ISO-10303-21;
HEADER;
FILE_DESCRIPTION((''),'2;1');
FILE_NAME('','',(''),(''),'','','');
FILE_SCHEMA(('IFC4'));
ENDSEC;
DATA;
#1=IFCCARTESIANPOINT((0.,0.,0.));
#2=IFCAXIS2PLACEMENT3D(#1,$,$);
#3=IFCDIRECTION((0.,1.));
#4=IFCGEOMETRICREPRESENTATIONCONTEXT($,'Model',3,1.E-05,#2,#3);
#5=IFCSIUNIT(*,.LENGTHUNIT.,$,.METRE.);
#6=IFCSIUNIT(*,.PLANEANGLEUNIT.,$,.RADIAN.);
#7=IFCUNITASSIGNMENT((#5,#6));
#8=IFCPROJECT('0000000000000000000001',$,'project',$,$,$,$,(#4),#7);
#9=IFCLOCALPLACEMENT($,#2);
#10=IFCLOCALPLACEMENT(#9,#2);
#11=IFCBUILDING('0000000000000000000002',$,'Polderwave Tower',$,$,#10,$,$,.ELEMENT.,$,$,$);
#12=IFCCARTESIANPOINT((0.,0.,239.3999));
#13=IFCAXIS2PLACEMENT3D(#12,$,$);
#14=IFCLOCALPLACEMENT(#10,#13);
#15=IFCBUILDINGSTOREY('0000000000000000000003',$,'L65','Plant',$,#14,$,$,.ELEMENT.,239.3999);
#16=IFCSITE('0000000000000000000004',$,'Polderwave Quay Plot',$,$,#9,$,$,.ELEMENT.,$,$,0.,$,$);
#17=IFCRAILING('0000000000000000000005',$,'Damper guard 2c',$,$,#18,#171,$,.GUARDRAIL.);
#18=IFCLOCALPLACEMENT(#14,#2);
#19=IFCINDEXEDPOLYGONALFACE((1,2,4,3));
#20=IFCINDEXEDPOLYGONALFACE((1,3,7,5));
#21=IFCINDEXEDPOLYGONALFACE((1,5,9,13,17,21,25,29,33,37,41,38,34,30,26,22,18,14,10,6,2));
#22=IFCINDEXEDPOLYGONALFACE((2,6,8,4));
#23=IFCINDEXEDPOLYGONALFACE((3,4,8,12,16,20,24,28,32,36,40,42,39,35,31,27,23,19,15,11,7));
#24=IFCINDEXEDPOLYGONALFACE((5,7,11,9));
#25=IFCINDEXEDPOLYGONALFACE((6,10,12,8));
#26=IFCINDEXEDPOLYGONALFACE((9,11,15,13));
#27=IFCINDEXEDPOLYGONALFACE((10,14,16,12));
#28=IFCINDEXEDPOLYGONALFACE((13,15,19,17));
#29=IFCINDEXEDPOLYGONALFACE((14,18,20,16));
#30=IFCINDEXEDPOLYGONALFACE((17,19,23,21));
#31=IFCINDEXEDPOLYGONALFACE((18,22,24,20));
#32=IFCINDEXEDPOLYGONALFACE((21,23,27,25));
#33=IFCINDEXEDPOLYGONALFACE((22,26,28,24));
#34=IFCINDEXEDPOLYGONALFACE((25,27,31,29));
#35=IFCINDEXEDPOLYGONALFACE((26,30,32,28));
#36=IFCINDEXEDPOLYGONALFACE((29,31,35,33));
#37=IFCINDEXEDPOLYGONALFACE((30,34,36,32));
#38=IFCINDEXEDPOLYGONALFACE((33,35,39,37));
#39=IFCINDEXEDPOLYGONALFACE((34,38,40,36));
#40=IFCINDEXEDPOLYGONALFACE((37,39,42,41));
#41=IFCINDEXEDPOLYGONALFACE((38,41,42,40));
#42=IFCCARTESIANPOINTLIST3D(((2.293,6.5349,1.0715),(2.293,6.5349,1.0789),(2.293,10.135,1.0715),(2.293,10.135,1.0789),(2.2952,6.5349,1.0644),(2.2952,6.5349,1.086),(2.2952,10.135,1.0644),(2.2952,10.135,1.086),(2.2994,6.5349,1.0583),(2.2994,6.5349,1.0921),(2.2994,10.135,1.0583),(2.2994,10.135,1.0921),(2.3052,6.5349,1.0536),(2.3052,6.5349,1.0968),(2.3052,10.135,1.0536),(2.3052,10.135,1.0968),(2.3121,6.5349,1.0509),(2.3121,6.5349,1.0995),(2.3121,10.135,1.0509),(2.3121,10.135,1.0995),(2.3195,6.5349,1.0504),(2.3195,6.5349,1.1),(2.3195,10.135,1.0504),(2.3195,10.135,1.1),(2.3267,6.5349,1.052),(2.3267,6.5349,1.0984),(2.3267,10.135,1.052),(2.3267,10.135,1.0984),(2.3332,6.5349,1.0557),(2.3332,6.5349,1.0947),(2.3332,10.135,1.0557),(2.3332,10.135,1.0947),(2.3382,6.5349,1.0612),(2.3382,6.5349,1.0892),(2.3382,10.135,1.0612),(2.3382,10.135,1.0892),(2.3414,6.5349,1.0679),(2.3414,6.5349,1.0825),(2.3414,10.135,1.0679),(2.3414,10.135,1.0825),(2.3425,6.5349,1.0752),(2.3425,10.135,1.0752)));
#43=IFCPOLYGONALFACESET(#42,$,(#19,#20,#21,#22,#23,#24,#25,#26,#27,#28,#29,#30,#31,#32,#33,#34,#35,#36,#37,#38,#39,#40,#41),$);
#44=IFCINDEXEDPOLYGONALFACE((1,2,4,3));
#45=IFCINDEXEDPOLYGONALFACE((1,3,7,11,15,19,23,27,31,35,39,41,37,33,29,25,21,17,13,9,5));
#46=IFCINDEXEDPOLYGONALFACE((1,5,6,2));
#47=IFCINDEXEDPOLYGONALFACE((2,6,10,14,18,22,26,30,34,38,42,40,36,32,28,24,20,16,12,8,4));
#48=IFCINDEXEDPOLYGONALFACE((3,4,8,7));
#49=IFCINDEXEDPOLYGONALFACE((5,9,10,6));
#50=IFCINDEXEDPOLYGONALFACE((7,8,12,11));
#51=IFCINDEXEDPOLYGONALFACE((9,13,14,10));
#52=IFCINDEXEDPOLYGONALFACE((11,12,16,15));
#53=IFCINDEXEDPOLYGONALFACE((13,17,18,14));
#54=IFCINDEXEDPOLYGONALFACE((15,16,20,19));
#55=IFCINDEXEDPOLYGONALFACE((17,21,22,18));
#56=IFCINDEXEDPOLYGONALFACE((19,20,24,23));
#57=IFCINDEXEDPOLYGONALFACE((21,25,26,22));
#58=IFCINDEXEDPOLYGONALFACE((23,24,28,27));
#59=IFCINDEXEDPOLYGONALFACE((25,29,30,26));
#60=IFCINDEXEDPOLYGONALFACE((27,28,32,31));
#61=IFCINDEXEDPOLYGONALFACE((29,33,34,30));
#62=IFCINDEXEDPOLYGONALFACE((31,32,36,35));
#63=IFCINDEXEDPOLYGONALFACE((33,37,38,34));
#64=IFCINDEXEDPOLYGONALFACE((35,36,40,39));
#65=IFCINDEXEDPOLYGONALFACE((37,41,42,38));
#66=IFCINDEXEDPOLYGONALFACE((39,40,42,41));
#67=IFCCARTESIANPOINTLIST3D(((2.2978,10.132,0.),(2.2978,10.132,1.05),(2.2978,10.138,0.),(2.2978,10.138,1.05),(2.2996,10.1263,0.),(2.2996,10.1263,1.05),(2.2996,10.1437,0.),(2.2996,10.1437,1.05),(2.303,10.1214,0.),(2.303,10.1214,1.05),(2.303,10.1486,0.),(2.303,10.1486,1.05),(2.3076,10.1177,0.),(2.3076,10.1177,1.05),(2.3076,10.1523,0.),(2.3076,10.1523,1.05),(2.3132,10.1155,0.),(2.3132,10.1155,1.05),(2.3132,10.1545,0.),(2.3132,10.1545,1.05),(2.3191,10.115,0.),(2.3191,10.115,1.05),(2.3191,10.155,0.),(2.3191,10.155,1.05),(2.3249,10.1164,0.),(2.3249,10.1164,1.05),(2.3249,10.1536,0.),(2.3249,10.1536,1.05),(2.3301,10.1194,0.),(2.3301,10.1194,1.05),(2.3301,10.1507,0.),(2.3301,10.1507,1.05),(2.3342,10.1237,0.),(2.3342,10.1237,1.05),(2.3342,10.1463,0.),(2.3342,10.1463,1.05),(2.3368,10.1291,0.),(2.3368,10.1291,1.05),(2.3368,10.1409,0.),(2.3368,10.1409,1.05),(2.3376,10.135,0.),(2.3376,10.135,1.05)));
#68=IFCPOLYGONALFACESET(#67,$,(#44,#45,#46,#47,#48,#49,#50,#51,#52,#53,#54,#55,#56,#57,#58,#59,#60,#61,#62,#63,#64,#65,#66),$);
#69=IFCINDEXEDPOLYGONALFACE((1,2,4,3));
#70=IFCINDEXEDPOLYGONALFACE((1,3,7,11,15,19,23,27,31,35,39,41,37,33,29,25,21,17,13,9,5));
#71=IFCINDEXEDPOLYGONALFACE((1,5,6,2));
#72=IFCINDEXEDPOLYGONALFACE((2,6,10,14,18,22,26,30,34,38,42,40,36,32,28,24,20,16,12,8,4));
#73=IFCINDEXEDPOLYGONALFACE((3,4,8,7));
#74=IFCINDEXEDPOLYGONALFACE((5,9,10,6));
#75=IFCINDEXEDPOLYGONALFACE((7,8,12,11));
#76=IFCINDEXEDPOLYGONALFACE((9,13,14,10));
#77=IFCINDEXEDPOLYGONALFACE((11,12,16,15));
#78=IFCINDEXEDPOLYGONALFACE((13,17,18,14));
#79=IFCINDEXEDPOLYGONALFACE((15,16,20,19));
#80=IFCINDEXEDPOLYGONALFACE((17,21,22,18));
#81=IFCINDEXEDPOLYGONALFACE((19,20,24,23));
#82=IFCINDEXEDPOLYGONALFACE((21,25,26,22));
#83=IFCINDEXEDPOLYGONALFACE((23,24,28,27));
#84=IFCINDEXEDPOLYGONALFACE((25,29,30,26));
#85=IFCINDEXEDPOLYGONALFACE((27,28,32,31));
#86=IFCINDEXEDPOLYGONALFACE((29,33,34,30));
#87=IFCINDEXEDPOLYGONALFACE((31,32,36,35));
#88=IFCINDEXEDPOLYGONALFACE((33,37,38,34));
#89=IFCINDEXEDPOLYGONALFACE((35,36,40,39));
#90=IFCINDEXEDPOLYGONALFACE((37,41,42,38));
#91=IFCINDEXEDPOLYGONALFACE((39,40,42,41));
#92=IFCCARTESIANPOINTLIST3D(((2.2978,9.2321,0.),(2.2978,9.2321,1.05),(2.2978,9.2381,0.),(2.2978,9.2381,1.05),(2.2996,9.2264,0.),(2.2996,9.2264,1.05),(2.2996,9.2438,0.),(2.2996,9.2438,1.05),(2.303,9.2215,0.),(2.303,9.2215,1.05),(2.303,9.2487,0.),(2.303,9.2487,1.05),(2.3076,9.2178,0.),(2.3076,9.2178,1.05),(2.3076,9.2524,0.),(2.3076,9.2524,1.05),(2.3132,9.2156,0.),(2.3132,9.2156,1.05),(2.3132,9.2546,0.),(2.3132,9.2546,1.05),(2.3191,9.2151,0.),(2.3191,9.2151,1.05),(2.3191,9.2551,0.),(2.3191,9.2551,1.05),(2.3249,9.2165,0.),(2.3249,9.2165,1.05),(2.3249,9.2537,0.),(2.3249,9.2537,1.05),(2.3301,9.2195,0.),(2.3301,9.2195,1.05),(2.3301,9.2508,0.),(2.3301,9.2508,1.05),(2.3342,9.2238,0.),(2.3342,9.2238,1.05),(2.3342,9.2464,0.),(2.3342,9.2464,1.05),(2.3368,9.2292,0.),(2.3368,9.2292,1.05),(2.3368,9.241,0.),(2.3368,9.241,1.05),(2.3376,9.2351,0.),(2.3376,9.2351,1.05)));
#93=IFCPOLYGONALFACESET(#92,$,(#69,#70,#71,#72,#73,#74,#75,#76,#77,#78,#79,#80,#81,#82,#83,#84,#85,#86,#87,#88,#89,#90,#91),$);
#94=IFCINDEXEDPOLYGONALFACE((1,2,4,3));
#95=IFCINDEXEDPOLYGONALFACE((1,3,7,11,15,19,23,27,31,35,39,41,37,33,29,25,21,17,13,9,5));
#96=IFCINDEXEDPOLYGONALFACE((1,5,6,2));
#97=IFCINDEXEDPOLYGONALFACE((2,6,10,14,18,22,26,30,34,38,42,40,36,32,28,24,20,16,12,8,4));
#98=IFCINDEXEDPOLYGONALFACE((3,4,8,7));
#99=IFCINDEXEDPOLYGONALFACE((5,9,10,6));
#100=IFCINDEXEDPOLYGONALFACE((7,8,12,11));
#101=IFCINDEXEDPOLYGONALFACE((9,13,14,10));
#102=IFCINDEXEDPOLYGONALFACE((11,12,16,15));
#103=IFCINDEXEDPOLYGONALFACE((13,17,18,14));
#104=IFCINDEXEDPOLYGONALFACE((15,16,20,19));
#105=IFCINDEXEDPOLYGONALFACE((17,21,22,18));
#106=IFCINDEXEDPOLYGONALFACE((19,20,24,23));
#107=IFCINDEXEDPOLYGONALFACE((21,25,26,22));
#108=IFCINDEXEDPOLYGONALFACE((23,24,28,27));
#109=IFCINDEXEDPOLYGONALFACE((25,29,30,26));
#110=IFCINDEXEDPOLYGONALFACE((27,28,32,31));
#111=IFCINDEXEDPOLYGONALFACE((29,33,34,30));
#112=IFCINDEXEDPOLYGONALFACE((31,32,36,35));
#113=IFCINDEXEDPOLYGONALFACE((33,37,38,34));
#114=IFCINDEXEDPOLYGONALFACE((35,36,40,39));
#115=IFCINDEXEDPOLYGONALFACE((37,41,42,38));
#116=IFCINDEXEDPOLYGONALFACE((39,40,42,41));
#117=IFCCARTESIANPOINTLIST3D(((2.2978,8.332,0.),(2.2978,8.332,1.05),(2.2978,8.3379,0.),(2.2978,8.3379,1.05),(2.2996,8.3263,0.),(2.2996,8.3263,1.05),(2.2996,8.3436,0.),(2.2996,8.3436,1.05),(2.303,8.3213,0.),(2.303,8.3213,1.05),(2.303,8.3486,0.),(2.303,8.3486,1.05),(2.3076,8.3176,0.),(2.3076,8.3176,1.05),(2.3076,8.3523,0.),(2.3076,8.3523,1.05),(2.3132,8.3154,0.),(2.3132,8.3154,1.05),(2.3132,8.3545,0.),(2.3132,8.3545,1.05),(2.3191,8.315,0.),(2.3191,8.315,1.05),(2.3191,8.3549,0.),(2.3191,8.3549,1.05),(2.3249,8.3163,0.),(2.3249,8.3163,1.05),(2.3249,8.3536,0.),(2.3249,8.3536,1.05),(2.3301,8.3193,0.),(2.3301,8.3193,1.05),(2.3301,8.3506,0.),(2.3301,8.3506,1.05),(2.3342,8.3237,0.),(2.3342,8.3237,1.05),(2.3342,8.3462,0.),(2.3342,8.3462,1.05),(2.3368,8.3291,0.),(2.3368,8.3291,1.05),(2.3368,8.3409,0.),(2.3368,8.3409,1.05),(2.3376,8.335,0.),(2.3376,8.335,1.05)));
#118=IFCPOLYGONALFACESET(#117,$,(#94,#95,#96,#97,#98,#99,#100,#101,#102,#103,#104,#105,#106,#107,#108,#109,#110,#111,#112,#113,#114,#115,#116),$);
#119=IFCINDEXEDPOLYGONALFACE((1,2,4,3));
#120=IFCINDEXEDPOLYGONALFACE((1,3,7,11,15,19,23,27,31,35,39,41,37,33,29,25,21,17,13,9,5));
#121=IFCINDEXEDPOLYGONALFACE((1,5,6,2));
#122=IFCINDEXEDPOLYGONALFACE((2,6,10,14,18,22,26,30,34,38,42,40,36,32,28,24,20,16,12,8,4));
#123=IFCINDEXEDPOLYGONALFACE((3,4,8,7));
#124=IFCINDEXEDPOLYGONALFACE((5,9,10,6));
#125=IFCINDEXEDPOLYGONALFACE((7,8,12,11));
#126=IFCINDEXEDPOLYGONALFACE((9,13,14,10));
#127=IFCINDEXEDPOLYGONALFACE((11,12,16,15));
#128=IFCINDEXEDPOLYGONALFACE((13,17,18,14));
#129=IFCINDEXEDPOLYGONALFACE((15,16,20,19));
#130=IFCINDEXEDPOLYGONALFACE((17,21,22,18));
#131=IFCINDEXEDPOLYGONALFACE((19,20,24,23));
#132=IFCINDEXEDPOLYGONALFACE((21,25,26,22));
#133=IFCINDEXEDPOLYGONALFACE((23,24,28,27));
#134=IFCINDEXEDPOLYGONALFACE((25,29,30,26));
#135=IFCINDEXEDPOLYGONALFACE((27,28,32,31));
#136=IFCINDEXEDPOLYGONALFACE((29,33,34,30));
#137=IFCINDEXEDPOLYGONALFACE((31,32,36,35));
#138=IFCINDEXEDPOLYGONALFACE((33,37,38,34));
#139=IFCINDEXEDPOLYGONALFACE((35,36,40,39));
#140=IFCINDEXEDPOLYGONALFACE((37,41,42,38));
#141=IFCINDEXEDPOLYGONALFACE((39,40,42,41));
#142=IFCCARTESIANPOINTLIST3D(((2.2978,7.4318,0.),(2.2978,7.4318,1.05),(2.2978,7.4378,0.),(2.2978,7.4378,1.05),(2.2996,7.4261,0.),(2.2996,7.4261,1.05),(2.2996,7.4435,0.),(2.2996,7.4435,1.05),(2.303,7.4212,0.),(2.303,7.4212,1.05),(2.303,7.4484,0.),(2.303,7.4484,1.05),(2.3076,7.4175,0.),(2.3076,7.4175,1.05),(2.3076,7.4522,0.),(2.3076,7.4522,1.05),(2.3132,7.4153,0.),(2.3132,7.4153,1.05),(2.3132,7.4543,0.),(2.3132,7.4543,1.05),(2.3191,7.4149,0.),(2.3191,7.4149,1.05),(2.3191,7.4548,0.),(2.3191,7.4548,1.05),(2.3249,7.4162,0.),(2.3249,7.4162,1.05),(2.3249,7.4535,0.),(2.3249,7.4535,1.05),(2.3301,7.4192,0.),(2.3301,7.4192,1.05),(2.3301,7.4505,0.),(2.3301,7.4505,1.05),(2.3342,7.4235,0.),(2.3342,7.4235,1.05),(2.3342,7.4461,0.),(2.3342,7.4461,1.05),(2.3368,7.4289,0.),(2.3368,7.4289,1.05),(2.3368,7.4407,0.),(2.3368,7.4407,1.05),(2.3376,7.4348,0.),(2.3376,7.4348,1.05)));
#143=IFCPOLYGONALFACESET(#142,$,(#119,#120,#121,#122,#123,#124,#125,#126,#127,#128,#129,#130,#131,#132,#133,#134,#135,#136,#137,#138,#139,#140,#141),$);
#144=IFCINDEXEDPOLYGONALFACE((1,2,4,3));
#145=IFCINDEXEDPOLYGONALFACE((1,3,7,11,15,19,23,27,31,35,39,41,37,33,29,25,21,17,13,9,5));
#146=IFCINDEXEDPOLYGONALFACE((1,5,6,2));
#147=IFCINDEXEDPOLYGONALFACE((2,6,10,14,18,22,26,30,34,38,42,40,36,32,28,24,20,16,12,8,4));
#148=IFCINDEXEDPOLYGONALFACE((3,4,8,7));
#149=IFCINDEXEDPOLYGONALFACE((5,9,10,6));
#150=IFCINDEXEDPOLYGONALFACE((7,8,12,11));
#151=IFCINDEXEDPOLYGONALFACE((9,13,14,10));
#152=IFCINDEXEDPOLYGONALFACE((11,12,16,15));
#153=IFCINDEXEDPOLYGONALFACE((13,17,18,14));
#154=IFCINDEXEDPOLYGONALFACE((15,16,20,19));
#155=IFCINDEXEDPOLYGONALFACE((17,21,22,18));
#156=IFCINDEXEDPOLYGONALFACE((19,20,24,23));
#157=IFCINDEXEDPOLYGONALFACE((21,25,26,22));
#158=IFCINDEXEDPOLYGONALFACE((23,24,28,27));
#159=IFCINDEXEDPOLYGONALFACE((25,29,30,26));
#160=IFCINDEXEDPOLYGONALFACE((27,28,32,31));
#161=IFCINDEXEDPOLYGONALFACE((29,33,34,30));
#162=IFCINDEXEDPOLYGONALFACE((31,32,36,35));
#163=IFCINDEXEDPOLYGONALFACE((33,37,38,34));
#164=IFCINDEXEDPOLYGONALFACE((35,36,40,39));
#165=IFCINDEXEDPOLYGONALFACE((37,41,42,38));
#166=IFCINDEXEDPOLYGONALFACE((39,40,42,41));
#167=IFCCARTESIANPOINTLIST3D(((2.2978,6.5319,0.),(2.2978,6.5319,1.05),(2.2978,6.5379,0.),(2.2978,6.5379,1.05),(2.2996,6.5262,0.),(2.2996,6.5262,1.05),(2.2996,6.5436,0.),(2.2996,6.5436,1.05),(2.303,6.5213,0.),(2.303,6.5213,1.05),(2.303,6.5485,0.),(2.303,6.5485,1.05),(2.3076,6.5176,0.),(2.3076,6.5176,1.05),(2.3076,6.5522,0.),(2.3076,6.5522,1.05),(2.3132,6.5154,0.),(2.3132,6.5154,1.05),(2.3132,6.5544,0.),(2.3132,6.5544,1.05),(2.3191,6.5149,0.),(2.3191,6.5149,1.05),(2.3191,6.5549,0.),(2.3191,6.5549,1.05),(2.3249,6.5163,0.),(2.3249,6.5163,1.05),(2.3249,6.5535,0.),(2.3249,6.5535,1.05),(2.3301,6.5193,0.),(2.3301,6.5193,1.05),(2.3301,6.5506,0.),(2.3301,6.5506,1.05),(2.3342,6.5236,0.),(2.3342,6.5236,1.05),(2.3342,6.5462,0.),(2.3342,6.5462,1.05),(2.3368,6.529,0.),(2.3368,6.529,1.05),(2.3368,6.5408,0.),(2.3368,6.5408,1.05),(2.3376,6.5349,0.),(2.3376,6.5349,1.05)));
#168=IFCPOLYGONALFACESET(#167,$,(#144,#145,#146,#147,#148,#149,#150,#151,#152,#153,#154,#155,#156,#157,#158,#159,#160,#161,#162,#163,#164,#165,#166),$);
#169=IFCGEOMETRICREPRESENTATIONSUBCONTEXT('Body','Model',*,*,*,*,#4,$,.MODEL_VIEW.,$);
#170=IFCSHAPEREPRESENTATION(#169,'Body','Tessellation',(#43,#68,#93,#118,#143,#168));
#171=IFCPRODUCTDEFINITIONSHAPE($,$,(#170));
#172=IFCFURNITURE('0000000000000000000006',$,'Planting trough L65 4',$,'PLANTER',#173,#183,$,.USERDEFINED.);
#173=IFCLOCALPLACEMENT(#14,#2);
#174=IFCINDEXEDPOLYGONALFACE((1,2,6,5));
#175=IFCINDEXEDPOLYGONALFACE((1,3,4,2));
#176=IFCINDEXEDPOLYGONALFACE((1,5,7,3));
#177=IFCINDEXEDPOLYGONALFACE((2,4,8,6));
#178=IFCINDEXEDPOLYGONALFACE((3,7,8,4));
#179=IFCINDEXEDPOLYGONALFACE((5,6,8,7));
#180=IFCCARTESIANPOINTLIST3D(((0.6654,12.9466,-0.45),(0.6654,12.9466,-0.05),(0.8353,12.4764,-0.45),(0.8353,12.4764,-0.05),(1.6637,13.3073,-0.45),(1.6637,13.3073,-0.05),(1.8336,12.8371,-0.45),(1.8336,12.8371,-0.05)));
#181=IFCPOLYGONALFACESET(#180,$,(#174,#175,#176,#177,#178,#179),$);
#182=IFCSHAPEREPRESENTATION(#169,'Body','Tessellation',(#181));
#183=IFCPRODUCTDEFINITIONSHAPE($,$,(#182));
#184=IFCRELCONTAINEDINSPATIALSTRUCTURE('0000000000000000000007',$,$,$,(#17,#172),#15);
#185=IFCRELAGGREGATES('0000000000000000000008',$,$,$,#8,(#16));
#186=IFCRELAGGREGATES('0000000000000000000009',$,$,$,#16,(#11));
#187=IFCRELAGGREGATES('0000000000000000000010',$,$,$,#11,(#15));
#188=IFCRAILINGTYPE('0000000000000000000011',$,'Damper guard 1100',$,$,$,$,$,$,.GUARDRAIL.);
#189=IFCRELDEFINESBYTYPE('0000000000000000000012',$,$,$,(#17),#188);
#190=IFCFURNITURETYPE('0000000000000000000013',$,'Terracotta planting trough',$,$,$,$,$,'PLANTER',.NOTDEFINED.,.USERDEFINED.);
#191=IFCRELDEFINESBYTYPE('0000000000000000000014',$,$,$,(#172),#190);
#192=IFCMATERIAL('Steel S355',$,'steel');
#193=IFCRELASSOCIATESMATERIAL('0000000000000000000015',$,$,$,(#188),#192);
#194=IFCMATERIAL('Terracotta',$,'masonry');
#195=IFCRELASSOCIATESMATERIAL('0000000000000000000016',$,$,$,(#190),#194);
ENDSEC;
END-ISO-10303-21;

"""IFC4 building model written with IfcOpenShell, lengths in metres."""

from ifc_helpers import new_model, si_unit, direction, frame, origin, origin_2d, place, context, subcontext, project, spatial, rectangle, circle, extrude, material, type_object, element, save


model = new_model("IFC4")

# Units and contexts
model_context = context("Model", 3, precision=1e-05, world=origin(), true_north=direction((0.0, 1.0)))
body_context = subcontext(model_context, "Body", "Model", "MODEL_VIEW")
ifc_project = project(units=[si_unit("LENGTHUNIT", "METRE"), si_unit("PLANEANGLEUNIT", "RADIAN")], contexts=[model_context])

# Site, building, storey
site_placement = place(None, origin())
site = spatial("IfcSite", under=ifc_project, at=site_placement, Name="Polderwave Quay Plot", CompositionType="ELEMENT", RefElevation=0.0)
building_placement = place(site_placement, origin())
building = spatial("IfcBuilding", under=site, at=building_placement, Name="Polderwave Tower", CompositionType="ELEMENT")
storey_placement = place(building_placement, frame((0.0, 0.0, 239.3999)))
storey = spatial("IfcBuildingStorey", under=building, at=storey_placement, Name="L65", Description="Plant", CompositionType="ELEMENT", Elevation=239.3999)

# Shared definitions
ifc_material_1 = material(Name="Steel S355", Category="steel")

# Railing
railing_type = type_object("IfcRailingType", Name="Damper guard 1100", PredefinedType="GUARDRAIL", material=ifc_material_1)
railing_1_placement = place(storey_placement, frame((2.3176, 10.135, 0.0)))
element("IfcRailing", 1, at=railing_1_placement, inside=storey, type_object=railing_type, Name="Damper guard 2c", PredefinedType="GUARDRAIL", context=body_context, shape_type="SweptSolid", body=[
    extrude(circle(Radius=0.0249, at=origin_2d()), frame((0.0, 0.0, 1.0752), z_axis=(0.0, -1.0, 0.0), x_axis=(1.0, 0.0, 0.0)), (0.0, 0.0, 1.0), 3.6001),
    extrude(circle(Radius=0.02, at=origin_2d()), origin(), (0.0, 0.0, 1.0), 1.05),
    extrude(circle(Radius=0.02, at=origin_2d()), frame((0.0, -0.8999, 0.0)), (0.0, 0.0, 1.0), 1.05),
    extrude(circle(Radius=0.02, at=origin_2d()), frame((0.0, -1.8, 0.0)), (0.0, 0.0, 1.0), 1.05),
    extrude(circle(Radius=0.02, at=origin_2d()), frame((0.0, -2.7002, 0.0)), (0.0, 0.0, 1.0), 1.05),
    extrude(circle(Radius=0.02, at=origin_2d()), frame((0.0, -3.6001, 0.0)), (0.0, 0.0, 1.0), 1.05),
])

# Furniture
ifc_material_2 = material(Name="Terracotta", Category="masonry")
furniture_type = type_object("IfcFurnitureType", Name="Terracotta planting trough", ElementType="PLANTER", AssemblyPlace="NOTDEFINED", PredefinedType="USERDEFINED", material=ifc_material_2)
furniture_placement = place(storey_placement, frame((1.2495, 12.8918, -0.45), z_axis=(0.0, 0.0, 1.0), x_axis=(-0.940504, -0.339782, 0.0)))
element("IfcFurniture", 2, at=furniture_placement, inside=storey, type_object=furniture_type, Name="Planting trough L65 4", ObjectType="PLANTER", PredefinedType="USERDEFINED", context=body_context, shape_type="SweptSolid", body=[
    extrude(rectangle(XDim=1.0615, YDim=0.5, at=origin_2d()), origin(), (0.0, 0.0, 1.0), 0.3999),
])

save(model, "model.ifc")
